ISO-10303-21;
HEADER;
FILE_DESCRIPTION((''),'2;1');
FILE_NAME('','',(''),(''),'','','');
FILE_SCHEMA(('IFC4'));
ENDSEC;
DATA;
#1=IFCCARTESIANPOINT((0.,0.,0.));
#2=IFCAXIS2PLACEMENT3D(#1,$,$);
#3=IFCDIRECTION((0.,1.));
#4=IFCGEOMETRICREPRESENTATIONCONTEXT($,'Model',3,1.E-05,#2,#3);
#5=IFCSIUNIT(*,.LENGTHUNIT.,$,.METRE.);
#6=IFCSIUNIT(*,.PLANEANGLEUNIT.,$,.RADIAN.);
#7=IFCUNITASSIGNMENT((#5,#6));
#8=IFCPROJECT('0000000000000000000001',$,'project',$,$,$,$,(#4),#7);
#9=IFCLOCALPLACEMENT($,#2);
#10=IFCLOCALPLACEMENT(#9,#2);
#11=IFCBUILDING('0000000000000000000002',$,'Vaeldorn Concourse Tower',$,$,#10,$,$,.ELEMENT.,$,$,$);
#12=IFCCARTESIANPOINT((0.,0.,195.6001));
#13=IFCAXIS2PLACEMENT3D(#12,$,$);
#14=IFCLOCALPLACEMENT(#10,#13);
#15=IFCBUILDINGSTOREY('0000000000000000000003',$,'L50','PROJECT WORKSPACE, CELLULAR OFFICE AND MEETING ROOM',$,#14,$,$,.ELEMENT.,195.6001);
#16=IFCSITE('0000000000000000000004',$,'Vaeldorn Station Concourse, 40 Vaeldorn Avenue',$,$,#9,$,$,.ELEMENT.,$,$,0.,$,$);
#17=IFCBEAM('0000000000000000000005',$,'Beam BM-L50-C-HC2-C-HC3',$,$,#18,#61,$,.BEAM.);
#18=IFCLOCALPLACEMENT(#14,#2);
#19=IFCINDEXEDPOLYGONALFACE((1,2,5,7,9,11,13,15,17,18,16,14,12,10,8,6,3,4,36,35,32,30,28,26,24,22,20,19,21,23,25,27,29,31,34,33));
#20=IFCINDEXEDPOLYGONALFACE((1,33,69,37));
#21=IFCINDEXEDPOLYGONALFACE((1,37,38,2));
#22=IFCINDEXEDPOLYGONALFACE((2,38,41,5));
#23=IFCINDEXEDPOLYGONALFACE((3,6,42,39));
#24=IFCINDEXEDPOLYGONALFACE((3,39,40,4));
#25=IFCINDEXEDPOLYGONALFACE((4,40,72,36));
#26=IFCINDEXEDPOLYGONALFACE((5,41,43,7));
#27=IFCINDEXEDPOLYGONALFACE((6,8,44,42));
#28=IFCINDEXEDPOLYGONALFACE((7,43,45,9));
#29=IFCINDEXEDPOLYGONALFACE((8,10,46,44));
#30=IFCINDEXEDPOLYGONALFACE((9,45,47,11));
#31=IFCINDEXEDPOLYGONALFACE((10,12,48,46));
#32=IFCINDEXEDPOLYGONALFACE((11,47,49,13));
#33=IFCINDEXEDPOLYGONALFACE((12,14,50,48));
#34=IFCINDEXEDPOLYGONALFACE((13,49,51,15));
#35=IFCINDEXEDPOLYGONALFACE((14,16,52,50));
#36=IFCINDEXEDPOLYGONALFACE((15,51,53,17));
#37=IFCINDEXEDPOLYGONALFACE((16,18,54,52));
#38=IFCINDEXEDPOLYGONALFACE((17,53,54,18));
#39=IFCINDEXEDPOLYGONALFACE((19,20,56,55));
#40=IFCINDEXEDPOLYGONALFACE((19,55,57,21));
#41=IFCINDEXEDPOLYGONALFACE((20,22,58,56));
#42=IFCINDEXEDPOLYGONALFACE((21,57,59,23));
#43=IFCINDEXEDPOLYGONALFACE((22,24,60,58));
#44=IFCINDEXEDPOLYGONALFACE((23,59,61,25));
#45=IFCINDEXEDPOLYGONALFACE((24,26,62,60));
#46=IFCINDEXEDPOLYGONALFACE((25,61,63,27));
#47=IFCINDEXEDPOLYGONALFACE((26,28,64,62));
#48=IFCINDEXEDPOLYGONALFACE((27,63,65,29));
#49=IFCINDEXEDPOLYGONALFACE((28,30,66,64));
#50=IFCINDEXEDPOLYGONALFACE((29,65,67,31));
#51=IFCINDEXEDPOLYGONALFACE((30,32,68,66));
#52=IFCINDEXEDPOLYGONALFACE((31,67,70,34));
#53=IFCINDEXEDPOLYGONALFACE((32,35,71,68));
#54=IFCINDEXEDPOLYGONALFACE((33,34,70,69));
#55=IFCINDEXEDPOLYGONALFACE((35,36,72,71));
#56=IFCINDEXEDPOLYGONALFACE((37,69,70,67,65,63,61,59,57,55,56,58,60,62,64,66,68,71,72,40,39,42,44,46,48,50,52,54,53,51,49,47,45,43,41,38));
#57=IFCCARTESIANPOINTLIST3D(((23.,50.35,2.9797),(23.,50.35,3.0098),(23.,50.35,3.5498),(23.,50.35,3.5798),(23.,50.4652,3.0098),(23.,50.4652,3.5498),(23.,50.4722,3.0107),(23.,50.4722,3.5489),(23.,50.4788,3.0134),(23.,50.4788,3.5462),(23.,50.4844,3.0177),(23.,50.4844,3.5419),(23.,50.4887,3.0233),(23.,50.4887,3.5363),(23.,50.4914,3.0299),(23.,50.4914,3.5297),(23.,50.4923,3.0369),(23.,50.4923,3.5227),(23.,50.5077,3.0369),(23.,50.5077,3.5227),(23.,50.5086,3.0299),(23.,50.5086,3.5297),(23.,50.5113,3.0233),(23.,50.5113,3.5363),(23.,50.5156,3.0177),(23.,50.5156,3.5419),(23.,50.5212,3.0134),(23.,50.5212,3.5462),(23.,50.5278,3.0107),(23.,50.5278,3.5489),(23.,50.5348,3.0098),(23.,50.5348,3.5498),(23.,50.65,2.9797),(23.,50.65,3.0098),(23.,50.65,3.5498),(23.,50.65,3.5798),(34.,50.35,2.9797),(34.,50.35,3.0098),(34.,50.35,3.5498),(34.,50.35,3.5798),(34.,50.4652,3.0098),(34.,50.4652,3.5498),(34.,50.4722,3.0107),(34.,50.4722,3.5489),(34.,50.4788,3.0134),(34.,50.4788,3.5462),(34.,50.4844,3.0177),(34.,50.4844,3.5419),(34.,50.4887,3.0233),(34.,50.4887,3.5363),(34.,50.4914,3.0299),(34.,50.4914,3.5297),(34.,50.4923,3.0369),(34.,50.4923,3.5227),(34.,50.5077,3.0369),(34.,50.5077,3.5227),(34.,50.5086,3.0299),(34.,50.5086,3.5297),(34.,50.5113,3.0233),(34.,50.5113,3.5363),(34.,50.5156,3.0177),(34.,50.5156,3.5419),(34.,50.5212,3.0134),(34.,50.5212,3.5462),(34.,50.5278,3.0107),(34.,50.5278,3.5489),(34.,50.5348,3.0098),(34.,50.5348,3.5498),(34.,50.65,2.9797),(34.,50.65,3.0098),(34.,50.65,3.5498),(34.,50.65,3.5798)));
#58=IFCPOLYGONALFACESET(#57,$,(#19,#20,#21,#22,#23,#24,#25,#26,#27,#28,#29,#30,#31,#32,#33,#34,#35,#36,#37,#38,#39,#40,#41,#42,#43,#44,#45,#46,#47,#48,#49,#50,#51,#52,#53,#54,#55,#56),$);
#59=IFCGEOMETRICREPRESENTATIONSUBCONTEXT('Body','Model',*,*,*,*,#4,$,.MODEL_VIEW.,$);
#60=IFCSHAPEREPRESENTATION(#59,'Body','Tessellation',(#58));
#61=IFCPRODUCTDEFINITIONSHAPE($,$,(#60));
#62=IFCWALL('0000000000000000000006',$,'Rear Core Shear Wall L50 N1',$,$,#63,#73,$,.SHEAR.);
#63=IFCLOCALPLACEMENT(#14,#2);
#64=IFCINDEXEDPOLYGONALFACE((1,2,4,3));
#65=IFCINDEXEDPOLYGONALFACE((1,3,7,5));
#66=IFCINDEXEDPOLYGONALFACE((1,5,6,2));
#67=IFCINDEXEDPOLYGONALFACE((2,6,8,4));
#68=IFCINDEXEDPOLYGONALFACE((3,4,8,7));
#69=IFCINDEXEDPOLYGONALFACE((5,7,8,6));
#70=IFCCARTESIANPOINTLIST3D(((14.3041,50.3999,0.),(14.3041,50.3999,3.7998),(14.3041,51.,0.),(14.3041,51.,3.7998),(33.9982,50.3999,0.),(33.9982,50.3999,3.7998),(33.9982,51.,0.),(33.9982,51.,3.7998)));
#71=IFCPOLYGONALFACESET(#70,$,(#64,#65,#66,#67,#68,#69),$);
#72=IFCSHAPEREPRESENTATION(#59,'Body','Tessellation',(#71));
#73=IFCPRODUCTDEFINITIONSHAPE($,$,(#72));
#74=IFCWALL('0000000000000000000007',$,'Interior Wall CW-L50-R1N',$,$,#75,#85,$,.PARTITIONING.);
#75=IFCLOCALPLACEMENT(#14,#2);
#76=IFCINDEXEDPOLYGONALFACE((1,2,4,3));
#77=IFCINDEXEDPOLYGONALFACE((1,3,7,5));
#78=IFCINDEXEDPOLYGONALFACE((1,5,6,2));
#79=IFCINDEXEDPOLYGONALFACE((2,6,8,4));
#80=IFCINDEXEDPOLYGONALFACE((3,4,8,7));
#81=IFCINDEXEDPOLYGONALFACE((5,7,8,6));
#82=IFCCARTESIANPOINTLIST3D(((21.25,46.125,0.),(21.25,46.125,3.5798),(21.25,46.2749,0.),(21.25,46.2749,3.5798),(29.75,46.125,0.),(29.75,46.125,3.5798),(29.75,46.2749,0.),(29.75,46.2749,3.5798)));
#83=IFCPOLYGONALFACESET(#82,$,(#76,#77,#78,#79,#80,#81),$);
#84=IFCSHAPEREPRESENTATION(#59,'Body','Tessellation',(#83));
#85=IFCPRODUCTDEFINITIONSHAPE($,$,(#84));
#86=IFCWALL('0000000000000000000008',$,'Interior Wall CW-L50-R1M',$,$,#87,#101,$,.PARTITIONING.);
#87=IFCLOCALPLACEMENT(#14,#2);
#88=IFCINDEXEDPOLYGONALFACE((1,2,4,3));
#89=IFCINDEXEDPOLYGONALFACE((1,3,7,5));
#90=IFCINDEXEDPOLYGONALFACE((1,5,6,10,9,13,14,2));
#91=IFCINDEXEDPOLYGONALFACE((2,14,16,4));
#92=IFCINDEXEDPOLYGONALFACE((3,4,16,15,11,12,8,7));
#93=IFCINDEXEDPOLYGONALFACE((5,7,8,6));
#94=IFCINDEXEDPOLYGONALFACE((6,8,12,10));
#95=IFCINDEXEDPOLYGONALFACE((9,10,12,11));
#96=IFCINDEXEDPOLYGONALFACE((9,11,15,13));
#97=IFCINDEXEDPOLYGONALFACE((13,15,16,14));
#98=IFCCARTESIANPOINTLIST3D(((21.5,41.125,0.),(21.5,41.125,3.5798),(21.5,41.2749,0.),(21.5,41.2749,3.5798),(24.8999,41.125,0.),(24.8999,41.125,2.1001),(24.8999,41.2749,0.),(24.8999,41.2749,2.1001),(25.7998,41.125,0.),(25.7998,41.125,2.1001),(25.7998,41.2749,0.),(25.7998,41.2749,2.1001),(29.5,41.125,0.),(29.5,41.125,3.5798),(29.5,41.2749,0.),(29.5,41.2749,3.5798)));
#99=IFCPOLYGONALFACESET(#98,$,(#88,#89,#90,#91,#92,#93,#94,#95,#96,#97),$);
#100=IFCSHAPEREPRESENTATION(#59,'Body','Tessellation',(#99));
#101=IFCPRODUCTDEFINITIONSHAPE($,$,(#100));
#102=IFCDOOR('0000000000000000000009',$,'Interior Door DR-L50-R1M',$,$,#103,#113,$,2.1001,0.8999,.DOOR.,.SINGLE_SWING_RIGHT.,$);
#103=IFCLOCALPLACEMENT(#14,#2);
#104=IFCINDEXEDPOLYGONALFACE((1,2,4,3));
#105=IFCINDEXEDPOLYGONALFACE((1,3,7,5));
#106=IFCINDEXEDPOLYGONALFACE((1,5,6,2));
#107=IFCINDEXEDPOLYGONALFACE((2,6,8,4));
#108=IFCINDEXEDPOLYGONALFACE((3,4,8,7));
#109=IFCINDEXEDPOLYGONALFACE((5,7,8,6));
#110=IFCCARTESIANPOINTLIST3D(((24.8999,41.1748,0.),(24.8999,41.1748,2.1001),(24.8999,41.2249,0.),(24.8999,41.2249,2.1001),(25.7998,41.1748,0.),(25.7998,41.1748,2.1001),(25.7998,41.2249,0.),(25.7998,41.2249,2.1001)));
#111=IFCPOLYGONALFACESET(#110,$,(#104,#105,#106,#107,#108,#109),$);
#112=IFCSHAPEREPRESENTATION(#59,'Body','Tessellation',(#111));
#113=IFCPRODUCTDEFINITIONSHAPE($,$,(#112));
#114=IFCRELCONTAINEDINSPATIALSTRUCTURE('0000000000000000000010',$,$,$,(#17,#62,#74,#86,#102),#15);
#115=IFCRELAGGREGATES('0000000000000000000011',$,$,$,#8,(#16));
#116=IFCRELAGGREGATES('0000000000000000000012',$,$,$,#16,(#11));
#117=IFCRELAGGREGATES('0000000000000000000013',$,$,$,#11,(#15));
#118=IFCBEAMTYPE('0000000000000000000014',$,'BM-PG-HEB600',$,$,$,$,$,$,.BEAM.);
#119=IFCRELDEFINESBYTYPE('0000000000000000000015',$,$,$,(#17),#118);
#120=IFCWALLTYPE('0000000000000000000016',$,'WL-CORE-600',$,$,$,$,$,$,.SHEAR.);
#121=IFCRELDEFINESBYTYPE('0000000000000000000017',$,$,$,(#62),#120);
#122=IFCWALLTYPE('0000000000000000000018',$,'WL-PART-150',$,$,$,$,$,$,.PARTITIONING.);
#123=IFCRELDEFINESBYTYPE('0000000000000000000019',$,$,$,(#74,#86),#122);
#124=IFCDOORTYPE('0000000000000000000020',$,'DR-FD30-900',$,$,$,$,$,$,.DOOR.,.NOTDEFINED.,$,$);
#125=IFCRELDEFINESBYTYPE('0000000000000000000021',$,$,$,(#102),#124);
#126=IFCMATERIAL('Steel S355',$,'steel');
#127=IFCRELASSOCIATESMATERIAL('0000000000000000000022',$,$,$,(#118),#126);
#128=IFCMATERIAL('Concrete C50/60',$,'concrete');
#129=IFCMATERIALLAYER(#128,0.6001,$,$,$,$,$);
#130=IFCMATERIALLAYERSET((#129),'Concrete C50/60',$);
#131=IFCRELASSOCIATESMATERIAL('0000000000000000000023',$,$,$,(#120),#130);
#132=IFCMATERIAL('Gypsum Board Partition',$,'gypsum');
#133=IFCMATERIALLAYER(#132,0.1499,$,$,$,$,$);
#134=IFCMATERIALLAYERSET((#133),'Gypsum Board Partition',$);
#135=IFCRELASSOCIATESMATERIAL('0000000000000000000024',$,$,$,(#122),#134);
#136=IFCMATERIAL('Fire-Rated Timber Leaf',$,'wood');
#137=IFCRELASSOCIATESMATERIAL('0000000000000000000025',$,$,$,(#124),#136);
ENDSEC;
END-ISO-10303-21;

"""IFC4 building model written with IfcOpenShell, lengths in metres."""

from ifc_helpers import new_model, si_unit, direction, frame, frame_2d, origin, origin_2d, place, context, subcontext, project, spatial, rectangle, i_section, extrude, source, transform, mapped, material, layer, layer_set, material_profile, profile_set, type_object, element, fill, save


model = new_model("IFC4")

# Units and contexts
model_context = context("Model", 3, precision=1e-05, world=origin(), true_north=direction((0.0, 1.0)))
body_context = subcontext(model_context, "Body", "Model", "MODEL_VIEW")
ifc_project = project(units=[si_unit("LENGTHUNIT", "METRE"), si_unit("PLANEANGLEUNIT", "RADIAN")], contexts=[model_context])

# Site, building, storey
site_placement = place(None, origin())
site = spatial("IfcSite", under=ifc_project, at=site_placement, Name="Vaeldorn Station Concourse, 40 Vaeldorn Avenue", CompositionType="ELEMENT", RefElevation=0.0)
building_placement = place(site_placement, origin())
building = spatial("IfcBuilding", under=site, at=building_placement, Name="Vaeldorn Concourse Tower", CompositionType="ELEMENT")
storey_placement = place(building_placement, frame((0.0, 0.0, 195.6001)))
storey = spatial("IfcBuildingStorey", under=building, at=storey_placement, Name="L50", Description="PROJECT WORKSPACE, CELLULAR OFFICE AND MEETING ROOM", CompositionType="ELEMENT", Elevation=195.6001)

# Beam
ifc_material_1 = material(Name="Steel S355", Category="steel")
ifc_material_profile_1 = material_profile(ifc_material_1, i_section(OverallWidth=0.3, OverallDepth=0.6001, WebThickness=0.0154, FlangeThickness=0.03, FilletRadius=0.0271, at=origin_2d()), Name="HEB 600")
ifc_profile_set_1 = profile_set([ifc_material_profile_1], Name="Steel S355")
beam_type_1 = type_object("IfcBeamType", Name="BM-PG-HEB600", PredefinedType="BEAM", material=ifc_profile_set_1)
shared_shape_1 = source(origin(), body_context, "Body", "SweptSolid", [
    extrude(i_section(OverallWidth=0.3, OverallDepth=0.6001, WebThickness=0.0154, FlangeThickness=0.03, FilletRadius=0.0271, at=origin_2d()), origin(), (0.0, 0.0, 1.0), 11.0),
])
beam_1_placement = place(storey_placement, frame((23.0, 50.5, 3.2798), z_axis=(1.0, 0.0, 0.0), x_axis=(0.0, 1.0, 0.0)))
element("IfcBeam", 1, at=beam_1_placement, inside=storey, type_object=beam_type_1, Name="Beam BM-L50-C-HC2-C-HC3", PredefinedType="BEAM", context=body_context, shape_type="MappedRepresentation", body=[
    mapped(shared_shape_1, transform((0.0, 0.0, 0.0), scale=1.0)),
])

# Walls
ifc_material_2 = material(Name="Concrete C50/60", Category="concrete")
ifc_layer_1 = layer(ifc_material_2, 0.6001)
ifc_layer_set_1 = layer_set([ifc_layer_1], Name="Concrete C50/60")
wall_type_1 = type_object("IfcWallType", Name="WL-CORE-600", PredefinedType="SHEAR", material=ifc_layer_set_1)
wall_1_placement = place(storey_placement, frame((14.304, 50.7, 0.0), z_axis=(0.0, 0.0, 1.0), x_axis=(1.0, 0.0, 0.0)))
element("IfcWall", 2, at=wall_1_placement, inside=storey, type_object=wall_type_1, Name="Rear Core Shear Wall L50 N1", PredefinedType="SHEAR", context=body_context, shape_type="SweptSolid", body=[
    extrude(rectangle(XDim=19.6941, YDim=0.6001, at=frame_2d((9.8472, 0.0))), origin(), (0.0, 0.0, 1.0), 3.7998),
])
ifc_material_3 = material(Name="Gypsum Board Partition", Category="gypsum")
ifc_layer_2 = layer(ifc_material_3, 0.1499)
ifc_layer_set_2 = layer_set([ifc_layer_2], Name="Gypsum Board Partition")
wall_type_2 = type_object("IfcWallType", Name="WL-PART-150", PredefinedType="PARTITIONING", material=ifc_layer_set_2)
wall_2_placement = place(storey_placement, frame((21.25, 46.2, 0.0), z_axis=(0.0, 0.0, 1.0), x_axis=(1.0, 0.0, 0.0)))
element("IfcWall", 3, at=wall_2_placement, inside=storey, type_object=wall_type_2, Name="Interior Wall CW-L50-R1N", PredefinedType="PARTITIONING", context=body_context, shape_type="SweptSolid", body=[
    extrude(rectangle(XDim=8.5, YDim=0.1499, at=frame_2d((4.25, 0.0))), origin(), (0.0, 0.0, 1.0), 3.5798),
])

# Wall, opening, door
wall_3_placement = place(storey_placement, frame((21.5, 41.2, 0.0), z_axis=(0.0, 0.0, 1.0), x_axis=(1.0, 0.0, 0.0)))
wall_3 = element("IfcWall", 4, at=wall_3_placement, inside=storey, type_object=wall_type_2, Name="Interior Wall CW-L50-R1M", PredefinedType="PARTITIONING", context=body_context, shape_type="SweptSolid", body=[
    extrude(rectangle(XDim=8.0, YDim=0.1499, at=frame_2d((4.0, 0.0))), origin(), (0.0, 0.0, 1.0), 3.5798),
])
opening_1_placement = place(wall_3_placement, frame((3.3999, 0.0, 0.0)))
opening_1 = element("IfcOpeningElement", 5, at=opening_1_placement, cuts=wall_3, PredefinedType="OPENING", context=body_context, shape_type="SweptSolid", body=[
    extrude(rectangle(XDim=0.8999, YDim=2.1001, at=frame_2d((0.45, 1.05))), frame((0.0, 0.085, 0.0), z_axis=(0.0, -1.0, 0.0), x_axis=(1.0, 0.0, 0.0)), (0.0, 0.0, 1.0), 0.1699),
])
ifc_material_4 = material(Name="Fire-Rated Timber Leaf", Category="wood")
door_type_1 = type_object("IfcDoorType", Name="DR-FD30-900", OperationType="NOTDEFINED", PredefinedType="DOOR", material=ifc_material_4)
shared_shape_2 = source(origin(), body_context, "Body", "SweptSolid", [
    extrude(rectangle(XDim=0.8999, YDim=2.1001, at=frame_2d((0.45, 1.05))), frame((0.0, 0.0249, 0.0), z_axis=(0.0, -1.0, 0.0), x_axis=(1.0, 0.0, 0.0)), (0.0, 0.0, 1.0), 0.05),
])
door_1_placement = place(opening_1_placement, origin())
door_1 = element("IfcDoor", 6, at=door_1_placement, inside=storey, type_object=door_type_1, Name="Interior Door DR-L50-R1M", OperationType="SINGLE_SWING_RIGHT", OverallHeight=2.1001, OverallWidth=0.8999, PredefinedType="DOOR", context=body_context, shape_type="MappedRepresentation", body=[
    mapped(shared_shape_2, transform((0.0, 0.0, 0.0), scale=1.0)),
])
fill(opening_1, door_1)

save(model, "model.ifc")
